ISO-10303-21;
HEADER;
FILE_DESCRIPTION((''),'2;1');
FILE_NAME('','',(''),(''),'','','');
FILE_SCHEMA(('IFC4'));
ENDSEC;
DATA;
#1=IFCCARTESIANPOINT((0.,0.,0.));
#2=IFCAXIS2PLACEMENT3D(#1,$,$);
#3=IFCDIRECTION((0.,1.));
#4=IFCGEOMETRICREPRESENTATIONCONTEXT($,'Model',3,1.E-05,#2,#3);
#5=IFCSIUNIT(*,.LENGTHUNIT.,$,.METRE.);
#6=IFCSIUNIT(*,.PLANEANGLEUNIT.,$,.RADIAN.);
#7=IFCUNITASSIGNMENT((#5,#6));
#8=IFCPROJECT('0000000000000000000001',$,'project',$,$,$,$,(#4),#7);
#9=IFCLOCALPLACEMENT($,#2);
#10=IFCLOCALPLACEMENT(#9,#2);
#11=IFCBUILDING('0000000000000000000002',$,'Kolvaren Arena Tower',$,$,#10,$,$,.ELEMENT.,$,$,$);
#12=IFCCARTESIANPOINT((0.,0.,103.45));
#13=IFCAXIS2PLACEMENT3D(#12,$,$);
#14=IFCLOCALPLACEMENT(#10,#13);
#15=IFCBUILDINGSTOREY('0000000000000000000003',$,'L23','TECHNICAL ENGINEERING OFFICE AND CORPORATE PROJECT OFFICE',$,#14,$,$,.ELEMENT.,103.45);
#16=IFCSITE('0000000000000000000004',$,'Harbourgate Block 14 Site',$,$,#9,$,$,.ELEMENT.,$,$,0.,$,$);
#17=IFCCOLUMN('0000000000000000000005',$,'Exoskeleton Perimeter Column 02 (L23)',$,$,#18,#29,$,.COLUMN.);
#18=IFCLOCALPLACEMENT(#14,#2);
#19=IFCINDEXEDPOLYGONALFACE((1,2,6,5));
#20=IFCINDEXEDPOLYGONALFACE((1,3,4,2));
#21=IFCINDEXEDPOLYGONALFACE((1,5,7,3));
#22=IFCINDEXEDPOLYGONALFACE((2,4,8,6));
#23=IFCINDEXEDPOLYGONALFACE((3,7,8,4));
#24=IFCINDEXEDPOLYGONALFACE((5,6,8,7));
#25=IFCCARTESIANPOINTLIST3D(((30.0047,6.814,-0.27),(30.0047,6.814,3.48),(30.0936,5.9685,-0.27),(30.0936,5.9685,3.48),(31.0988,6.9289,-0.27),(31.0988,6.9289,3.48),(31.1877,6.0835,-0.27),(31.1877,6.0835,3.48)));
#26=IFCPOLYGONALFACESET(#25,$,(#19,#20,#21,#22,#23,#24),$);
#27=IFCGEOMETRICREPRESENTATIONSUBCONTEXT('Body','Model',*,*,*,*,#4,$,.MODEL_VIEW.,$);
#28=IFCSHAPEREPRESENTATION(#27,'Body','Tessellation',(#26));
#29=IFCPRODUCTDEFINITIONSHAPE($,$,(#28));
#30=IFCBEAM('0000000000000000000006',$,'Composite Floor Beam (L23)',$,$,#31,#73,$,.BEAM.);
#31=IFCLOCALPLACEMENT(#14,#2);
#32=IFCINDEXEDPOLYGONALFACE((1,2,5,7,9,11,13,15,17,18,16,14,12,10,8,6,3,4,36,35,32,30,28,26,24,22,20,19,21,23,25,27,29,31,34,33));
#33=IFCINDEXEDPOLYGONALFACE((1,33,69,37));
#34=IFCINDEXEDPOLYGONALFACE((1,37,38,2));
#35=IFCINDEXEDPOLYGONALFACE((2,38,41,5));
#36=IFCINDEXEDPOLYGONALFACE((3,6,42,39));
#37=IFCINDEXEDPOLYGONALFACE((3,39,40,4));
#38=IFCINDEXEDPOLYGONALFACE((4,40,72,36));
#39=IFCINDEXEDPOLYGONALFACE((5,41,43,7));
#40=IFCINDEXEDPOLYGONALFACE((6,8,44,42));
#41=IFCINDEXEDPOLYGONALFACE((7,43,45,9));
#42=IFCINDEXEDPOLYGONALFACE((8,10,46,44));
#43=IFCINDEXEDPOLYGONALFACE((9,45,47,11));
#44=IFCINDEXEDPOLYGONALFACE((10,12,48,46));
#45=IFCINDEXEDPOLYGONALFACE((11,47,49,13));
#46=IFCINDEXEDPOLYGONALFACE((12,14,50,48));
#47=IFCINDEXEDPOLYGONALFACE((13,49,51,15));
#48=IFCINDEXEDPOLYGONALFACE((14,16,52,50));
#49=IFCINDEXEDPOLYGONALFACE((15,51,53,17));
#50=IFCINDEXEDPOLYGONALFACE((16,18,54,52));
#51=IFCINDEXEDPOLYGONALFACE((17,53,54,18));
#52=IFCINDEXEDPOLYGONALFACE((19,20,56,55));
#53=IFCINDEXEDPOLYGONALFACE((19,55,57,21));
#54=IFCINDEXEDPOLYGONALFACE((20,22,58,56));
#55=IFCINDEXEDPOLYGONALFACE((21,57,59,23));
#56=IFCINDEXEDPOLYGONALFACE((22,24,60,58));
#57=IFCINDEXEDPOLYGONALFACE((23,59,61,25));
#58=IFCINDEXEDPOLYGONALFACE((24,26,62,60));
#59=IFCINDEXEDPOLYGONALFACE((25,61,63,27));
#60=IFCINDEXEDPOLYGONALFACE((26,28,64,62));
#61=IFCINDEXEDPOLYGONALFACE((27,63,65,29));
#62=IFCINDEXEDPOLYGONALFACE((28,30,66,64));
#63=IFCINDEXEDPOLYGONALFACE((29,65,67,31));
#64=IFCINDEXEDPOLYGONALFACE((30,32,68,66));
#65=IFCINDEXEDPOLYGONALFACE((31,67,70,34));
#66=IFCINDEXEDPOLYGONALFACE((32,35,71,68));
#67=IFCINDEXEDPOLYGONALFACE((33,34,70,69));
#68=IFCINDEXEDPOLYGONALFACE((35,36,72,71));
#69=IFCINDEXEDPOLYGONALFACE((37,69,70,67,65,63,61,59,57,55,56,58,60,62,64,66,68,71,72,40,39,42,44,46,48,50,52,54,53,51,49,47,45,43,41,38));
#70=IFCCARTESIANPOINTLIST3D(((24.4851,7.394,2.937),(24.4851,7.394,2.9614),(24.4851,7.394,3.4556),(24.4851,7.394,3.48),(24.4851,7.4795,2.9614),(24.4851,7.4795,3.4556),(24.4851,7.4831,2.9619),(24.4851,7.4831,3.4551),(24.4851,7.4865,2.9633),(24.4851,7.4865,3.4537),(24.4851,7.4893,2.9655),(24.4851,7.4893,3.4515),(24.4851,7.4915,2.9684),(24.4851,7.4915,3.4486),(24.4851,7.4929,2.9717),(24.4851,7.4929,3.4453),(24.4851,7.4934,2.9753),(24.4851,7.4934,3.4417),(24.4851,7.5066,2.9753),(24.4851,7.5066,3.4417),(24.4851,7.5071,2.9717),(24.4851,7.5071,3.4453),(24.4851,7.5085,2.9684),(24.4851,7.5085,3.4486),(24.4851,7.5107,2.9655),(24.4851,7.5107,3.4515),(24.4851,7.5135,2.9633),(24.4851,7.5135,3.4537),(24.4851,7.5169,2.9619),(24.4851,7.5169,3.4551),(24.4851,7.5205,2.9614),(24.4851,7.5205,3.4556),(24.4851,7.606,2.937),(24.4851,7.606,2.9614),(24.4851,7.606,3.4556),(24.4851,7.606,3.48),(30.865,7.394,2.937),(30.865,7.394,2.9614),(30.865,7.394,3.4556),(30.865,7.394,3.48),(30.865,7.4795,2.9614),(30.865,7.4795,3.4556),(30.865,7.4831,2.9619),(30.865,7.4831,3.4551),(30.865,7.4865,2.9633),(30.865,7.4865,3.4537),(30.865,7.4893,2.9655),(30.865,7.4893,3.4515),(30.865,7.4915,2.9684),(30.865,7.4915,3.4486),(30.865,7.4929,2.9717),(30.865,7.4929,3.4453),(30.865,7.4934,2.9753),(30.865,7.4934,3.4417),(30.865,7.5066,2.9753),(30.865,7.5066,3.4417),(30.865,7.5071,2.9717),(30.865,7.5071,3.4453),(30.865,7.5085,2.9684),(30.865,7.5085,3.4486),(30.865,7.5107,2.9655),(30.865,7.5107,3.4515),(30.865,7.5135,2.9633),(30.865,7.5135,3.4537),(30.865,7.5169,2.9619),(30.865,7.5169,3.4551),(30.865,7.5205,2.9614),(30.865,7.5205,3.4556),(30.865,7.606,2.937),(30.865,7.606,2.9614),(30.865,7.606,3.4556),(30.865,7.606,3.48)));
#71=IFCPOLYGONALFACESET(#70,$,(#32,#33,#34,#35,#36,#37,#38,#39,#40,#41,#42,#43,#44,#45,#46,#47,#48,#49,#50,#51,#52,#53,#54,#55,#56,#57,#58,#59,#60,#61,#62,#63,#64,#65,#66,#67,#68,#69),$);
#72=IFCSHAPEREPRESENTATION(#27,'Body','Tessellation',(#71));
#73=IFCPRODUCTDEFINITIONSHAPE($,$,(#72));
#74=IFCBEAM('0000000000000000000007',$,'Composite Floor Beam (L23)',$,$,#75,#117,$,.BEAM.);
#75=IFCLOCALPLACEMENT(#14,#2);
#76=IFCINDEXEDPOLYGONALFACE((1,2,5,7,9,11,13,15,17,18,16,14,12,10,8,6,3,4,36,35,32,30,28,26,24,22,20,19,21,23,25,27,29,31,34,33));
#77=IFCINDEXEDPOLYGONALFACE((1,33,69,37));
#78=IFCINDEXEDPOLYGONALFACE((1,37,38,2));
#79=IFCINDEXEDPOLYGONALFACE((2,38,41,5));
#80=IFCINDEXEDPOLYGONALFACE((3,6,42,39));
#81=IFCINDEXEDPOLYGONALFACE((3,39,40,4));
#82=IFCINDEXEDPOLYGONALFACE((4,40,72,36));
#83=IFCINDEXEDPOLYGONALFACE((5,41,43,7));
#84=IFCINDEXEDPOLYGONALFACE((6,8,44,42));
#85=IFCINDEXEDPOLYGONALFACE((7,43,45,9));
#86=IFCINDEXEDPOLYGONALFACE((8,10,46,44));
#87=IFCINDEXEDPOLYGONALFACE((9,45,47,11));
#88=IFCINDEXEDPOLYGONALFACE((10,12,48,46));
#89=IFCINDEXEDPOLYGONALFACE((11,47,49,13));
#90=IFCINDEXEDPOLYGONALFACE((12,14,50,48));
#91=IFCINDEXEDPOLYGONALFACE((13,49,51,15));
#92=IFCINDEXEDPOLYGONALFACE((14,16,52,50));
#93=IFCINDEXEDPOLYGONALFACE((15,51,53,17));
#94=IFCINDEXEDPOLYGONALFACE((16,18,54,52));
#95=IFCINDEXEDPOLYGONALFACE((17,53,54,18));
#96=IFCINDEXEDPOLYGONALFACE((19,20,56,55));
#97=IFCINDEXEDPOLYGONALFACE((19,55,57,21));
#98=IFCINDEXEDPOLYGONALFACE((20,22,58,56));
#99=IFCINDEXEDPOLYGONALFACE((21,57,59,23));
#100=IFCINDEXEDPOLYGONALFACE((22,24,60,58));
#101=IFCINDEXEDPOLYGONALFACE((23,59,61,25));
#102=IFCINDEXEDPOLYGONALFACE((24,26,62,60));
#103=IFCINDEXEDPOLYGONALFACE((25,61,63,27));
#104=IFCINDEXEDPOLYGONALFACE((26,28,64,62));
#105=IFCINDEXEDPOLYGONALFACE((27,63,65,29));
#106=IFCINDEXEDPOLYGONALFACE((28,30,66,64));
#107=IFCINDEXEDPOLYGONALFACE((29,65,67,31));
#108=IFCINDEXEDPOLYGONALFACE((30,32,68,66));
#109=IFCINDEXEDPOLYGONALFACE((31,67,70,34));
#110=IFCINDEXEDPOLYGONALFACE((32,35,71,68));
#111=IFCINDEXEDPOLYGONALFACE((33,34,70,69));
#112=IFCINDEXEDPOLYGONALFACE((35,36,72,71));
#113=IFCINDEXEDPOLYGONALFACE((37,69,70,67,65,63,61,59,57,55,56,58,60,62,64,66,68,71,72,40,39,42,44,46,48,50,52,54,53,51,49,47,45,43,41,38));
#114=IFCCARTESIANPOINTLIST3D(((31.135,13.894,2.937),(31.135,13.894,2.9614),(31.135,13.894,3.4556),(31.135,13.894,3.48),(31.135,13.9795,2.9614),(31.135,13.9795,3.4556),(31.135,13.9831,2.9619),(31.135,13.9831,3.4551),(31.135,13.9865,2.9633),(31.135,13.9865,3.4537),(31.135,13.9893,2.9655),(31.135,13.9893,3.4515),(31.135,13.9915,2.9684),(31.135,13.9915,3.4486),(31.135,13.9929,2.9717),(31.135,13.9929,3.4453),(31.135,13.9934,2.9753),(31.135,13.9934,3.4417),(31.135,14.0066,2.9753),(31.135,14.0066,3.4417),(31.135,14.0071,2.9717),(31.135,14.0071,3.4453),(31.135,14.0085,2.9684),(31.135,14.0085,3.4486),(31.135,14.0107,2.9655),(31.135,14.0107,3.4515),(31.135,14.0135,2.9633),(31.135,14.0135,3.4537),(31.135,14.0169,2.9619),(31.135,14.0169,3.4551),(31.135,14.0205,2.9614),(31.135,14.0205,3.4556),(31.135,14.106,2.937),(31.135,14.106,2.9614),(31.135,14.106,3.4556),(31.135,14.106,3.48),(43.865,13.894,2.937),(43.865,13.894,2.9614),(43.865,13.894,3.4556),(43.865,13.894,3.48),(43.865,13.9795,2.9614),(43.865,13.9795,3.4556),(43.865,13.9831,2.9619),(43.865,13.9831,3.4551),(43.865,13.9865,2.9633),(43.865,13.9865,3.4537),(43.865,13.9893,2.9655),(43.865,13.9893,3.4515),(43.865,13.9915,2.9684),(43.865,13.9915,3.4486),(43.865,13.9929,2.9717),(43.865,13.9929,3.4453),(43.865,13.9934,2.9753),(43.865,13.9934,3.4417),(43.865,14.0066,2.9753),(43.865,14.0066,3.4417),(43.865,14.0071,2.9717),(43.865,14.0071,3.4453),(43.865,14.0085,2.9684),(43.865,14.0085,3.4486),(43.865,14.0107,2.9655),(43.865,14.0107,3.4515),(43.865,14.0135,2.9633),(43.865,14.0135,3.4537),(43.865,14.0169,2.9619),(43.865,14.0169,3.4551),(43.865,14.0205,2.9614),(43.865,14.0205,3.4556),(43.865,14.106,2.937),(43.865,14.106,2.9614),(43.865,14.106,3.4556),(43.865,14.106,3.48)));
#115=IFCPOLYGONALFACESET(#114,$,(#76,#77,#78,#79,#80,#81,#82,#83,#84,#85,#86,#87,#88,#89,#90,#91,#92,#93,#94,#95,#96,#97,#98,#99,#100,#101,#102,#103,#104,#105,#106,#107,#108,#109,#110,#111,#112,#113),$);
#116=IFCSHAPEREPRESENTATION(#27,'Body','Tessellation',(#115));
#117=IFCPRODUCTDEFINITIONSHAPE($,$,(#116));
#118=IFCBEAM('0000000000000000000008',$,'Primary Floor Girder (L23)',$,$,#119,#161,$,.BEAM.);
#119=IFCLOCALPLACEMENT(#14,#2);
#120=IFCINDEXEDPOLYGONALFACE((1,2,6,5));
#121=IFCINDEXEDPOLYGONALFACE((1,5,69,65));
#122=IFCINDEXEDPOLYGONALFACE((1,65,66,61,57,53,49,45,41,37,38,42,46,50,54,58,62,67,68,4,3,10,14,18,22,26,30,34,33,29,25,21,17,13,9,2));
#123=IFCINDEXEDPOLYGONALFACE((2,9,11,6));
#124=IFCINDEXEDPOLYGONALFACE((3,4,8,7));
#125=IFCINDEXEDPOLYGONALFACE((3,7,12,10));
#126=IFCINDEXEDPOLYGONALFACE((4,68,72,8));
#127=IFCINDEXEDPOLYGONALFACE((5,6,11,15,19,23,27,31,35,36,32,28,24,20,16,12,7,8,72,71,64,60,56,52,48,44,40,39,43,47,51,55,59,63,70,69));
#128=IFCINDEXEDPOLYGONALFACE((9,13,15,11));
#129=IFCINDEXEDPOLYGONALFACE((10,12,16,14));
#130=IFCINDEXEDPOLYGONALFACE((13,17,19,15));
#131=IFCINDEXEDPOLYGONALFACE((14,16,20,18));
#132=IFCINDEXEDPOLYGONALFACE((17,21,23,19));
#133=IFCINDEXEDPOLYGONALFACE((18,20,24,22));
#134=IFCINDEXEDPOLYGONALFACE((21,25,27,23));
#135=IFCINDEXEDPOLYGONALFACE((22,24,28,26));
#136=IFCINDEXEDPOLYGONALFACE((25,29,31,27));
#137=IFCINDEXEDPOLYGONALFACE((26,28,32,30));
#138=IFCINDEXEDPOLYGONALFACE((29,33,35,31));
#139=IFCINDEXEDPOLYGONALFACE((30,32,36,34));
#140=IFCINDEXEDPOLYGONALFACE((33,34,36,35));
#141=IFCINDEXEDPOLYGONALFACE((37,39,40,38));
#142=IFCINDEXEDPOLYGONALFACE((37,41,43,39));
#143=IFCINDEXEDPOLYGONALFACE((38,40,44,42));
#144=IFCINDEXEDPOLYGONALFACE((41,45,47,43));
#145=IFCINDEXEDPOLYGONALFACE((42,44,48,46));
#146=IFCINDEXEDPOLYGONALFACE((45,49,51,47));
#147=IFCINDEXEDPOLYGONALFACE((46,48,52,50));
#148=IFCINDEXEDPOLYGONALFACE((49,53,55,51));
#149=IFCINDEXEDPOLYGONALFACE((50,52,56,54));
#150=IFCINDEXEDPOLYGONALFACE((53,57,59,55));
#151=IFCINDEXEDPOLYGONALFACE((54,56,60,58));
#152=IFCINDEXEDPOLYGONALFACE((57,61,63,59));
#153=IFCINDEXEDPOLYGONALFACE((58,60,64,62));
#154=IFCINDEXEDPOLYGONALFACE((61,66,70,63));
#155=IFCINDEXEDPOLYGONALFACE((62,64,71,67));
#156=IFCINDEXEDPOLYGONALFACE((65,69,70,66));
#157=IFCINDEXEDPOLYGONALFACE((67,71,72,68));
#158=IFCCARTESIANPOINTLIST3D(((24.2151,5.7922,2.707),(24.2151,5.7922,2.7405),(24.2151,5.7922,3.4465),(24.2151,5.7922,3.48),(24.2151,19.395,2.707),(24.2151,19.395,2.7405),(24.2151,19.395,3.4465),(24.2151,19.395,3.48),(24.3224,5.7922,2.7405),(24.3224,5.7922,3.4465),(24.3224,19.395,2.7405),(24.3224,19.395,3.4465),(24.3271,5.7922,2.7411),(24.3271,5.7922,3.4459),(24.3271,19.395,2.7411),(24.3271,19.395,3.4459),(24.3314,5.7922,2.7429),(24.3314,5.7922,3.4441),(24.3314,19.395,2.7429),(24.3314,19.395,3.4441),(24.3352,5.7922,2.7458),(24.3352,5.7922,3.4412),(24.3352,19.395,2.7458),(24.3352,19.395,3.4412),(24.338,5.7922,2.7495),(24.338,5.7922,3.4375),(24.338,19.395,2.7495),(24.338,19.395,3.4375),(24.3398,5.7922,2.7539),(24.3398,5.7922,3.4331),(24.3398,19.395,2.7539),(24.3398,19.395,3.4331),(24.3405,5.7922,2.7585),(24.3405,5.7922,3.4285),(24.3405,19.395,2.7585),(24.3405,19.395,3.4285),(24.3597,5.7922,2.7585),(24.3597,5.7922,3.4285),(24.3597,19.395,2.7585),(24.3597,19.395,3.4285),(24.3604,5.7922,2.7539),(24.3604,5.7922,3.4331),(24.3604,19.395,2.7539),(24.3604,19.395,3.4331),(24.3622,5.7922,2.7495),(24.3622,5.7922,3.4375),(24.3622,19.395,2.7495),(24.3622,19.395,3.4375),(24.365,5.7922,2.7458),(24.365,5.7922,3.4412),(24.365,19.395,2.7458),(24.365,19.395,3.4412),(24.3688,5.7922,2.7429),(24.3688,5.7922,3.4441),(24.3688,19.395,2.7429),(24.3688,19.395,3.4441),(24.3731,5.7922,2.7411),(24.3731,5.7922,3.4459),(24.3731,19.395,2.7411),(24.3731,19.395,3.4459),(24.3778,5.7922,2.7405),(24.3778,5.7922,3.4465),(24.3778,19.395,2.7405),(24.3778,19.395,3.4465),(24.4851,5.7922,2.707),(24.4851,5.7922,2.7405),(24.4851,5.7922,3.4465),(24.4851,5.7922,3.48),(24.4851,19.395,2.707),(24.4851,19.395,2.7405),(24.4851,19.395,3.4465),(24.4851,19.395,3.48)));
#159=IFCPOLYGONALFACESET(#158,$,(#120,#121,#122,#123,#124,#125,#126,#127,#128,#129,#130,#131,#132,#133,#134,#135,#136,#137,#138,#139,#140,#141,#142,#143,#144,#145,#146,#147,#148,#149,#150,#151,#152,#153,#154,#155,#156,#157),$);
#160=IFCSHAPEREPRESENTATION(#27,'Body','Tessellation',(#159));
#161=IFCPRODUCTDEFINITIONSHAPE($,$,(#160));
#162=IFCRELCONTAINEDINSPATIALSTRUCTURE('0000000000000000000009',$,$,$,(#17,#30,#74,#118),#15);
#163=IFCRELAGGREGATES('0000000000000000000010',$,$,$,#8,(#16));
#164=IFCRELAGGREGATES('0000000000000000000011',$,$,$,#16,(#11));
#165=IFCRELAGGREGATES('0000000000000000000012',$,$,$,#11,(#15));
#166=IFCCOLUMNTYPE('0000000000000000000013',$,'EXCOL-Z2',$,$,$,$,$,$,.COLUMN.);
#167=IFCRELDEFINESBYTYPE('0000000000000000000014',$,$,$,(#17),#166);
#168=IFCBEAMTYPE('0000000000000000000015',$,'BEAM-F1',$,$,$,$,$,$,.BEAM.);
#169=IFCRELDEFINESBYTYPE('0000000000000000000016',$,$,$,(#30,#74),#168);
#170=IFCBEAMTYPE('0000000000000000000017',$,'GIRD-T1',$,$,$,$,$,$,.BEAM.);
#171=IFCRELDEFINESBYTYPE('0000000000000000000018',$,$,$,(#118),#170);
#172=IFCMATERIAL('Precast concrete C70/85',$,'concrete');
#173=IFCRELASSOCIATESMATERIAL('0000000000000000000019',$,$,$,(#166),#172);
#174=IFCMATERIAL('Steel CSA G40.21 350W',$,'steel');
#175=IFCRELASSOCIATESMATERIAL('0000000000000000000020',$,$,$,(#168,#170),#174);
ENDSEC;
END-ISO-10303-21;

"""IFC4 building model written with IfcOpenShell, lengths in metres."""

from ifc_helpers import new_model, si_unit, direction, frame, origin, origin_2d, place, context, subcontext, project, spatial, rectangle, i_section, extrude, material, material_profile, profile_set, type_object, element, save


model = new_model("IFC4")

# Units and contexts
model_context = context("Model", 3, precision=1e-05, world=origin(), true_north=direction((0.0, 1.0)))
body_context = subcontext(model_context, "Body", "Model", "MODEL_VIEW")
ifc_project = project(units=[si_unit("LENGTHUNIT", "METRE"), si_unit("PLANEANGLEUNIT", "RADIAN")], contexts=[model_context])

# Site, building, storey
site_placement = place(None, origin())
site = spatial("IfcSite", under=ifc_project, at=site_placement, Name="Harbourgate Block 14 Site", CompositionType="ELEMENT", RefElevation=0.0)
building_placement = place(site_placement, origin())
building = spatial("IfcBuilding", under=site, at=building_placement, Name="Kolvaren Arena Tower", CompositionType="ELEMENT")
storey_placement = place(building_placement, frame((0.0, 0.0, 103.45)))
storey = spatial("IfcBuildingStorey", under=building, at=storey_placement, Name="L23", Description="TECHNICAL ENGINEERING OFFICE AND CORPORATE PROJECT OFFICE", CompositionType="ELEMENT", Elevation=103.45)

# Column
ifc_material_1 = material(Name="Precast concrete C70/85", Category="concrete")
ifc_material_profile_1 = material_profile(ifc_material_1, rectangle(XDim=1.1001, YDim=0.8501, at=origin_2d()), Name="RC-1100x850")
ifc_profile_set_1 = profile_set([ifc_material_profile_1], Name="Precast concrete C70/85")
column_type = type_object("IfcColumnType", Name="EXCOL-Z2", PredefinedType="COLUMN", material=ifc_profile_set_1)
column_placement = place(storey_placement, frame((30.5962, 6.4487, -0.27), z_axis=(0.0, 0.0, 1.0), x_axis=(0.994522, 0.104528, 0.0)))
element("IfcColumn", 1, at=column_placement, inside=storey, type_object=column_type, Name="Exoskeleton Perimeter Column 02 (L23)", PredefinedType="COLUMN", context=body_context, shape_type="SweptSolid", body=[
    extrude(rectangle(XDim=1.1001, YDim=0.8501, at=origin_2d()), origin(), (0.0, 0.0, 1.0), 3.75),
])

# Beams
ifc_material_2 = material(Name="Steel CSA G40.21 350W", Category="steel")
ifc_material_profile_2 = material_profile(ifc_material_2, i_section(OverallWidth=0.2119, OverallDepth=0.543, WebThickness=0.0132, FlangeThickness=0.0244, FilletRadius=0.0139, at=origin_2d()), Name="W530x150")
ifc_profile_set_2 = profile_set([ifc_material_profile_2], Name="Steel CSA G40.21 350W")
beam_type_1 = type_object("IfcBeamType", Name="BEAM-F1", PredefinedType="BEAM", material=ifc_profile_set_2)
beam_1_placement = place(storey_placement, frame((24.4851, 7.5, 3.2085), z_axis=(1.0, 0.0, 0.0), x_axis=(0.0, 1.0, 0.0)))
element("IfcBeam", 2, at=beam_1_placement, inside=storey, type_object=beam_type_1, Name="Composite Floor Beam (L23)", PredefinedType="BEAM", context=body_context, shape_type="SweptSolid", body=[
    extrude(i_section(OverallWidth=0.2119, OverallDepth=0.543, WebThickness=0.0132, FlangeThickness=0.0244, FilletRadius=0.0139, at=origin_2d()), origin(), (0.0, 0.0, 1.0), 6.3799),
])
beam_2_placement = place(storey_placement, frame((31.135, 14.0, 3.2085), z_axis=(1.0, 0.0, 0.0), x_axis=(0.0, 1.0, 0.0)))
element("IfcBeam", 3, at=beam_2_placement, inside=storey, type_object=beam_type_1, Name="Composite Floor Beam (L23)", PredefinedType="BEAM", context=body_context, shape_type="SweptSolid", body=[
    extrude(i_section(OverallWidth=0.2119, OverallDepth=0.543, WebThickness=0.0132, FlangeThickness=0.0244, FilletRadius=0.0139, at=origin_2d()), origin(), (0.0, 0.0, 1.0), 12.73),
])
ifc_material_profile_3 = material_profile(ifc_material_2, i_section(OverallWidth=0.27, OverallDepth=0.7729, WebThickness=0.0193, FlangeThickness=0.0334, FilletRadius=0.0181, at=origin_2d()), Name="W760x257")
ifc_profile_set_3 = profile_set([ifc_material_profile_3], Name="Steel CSA G40.21 350W")
beam_type_2 = type_object("IfcBeamType", Name="GIRD-T1", PredefinedType="BEAM", material=ifc_profile_set_3)
beam_3_placement = place(storey_placement, frame((24.3501, 5.7922, 3.0935), z_axis=(0.0, 1.0, 0.0), x_axis=(-1.0, 0.0, 0.0)))
element("IfcBeam", 4, at=beam_3_placement, inside=storey, type_object=beam_type_2, Name="Primary Floor Girder (L23)", PredefinedType="BEAM", context=body_context, shape_type="SweptSolid", body=[
    extrude(i_section(OverallWidth=0.27, OverallDepth=0.7729, WebThickness=0.0193, FlangeThickness=0.0334, FilletRadius=0.0181, at=origin_2d()), origin(), (0.0, 0.0, 1.0), 13.6028),
])

save(model, "model.ifc")
